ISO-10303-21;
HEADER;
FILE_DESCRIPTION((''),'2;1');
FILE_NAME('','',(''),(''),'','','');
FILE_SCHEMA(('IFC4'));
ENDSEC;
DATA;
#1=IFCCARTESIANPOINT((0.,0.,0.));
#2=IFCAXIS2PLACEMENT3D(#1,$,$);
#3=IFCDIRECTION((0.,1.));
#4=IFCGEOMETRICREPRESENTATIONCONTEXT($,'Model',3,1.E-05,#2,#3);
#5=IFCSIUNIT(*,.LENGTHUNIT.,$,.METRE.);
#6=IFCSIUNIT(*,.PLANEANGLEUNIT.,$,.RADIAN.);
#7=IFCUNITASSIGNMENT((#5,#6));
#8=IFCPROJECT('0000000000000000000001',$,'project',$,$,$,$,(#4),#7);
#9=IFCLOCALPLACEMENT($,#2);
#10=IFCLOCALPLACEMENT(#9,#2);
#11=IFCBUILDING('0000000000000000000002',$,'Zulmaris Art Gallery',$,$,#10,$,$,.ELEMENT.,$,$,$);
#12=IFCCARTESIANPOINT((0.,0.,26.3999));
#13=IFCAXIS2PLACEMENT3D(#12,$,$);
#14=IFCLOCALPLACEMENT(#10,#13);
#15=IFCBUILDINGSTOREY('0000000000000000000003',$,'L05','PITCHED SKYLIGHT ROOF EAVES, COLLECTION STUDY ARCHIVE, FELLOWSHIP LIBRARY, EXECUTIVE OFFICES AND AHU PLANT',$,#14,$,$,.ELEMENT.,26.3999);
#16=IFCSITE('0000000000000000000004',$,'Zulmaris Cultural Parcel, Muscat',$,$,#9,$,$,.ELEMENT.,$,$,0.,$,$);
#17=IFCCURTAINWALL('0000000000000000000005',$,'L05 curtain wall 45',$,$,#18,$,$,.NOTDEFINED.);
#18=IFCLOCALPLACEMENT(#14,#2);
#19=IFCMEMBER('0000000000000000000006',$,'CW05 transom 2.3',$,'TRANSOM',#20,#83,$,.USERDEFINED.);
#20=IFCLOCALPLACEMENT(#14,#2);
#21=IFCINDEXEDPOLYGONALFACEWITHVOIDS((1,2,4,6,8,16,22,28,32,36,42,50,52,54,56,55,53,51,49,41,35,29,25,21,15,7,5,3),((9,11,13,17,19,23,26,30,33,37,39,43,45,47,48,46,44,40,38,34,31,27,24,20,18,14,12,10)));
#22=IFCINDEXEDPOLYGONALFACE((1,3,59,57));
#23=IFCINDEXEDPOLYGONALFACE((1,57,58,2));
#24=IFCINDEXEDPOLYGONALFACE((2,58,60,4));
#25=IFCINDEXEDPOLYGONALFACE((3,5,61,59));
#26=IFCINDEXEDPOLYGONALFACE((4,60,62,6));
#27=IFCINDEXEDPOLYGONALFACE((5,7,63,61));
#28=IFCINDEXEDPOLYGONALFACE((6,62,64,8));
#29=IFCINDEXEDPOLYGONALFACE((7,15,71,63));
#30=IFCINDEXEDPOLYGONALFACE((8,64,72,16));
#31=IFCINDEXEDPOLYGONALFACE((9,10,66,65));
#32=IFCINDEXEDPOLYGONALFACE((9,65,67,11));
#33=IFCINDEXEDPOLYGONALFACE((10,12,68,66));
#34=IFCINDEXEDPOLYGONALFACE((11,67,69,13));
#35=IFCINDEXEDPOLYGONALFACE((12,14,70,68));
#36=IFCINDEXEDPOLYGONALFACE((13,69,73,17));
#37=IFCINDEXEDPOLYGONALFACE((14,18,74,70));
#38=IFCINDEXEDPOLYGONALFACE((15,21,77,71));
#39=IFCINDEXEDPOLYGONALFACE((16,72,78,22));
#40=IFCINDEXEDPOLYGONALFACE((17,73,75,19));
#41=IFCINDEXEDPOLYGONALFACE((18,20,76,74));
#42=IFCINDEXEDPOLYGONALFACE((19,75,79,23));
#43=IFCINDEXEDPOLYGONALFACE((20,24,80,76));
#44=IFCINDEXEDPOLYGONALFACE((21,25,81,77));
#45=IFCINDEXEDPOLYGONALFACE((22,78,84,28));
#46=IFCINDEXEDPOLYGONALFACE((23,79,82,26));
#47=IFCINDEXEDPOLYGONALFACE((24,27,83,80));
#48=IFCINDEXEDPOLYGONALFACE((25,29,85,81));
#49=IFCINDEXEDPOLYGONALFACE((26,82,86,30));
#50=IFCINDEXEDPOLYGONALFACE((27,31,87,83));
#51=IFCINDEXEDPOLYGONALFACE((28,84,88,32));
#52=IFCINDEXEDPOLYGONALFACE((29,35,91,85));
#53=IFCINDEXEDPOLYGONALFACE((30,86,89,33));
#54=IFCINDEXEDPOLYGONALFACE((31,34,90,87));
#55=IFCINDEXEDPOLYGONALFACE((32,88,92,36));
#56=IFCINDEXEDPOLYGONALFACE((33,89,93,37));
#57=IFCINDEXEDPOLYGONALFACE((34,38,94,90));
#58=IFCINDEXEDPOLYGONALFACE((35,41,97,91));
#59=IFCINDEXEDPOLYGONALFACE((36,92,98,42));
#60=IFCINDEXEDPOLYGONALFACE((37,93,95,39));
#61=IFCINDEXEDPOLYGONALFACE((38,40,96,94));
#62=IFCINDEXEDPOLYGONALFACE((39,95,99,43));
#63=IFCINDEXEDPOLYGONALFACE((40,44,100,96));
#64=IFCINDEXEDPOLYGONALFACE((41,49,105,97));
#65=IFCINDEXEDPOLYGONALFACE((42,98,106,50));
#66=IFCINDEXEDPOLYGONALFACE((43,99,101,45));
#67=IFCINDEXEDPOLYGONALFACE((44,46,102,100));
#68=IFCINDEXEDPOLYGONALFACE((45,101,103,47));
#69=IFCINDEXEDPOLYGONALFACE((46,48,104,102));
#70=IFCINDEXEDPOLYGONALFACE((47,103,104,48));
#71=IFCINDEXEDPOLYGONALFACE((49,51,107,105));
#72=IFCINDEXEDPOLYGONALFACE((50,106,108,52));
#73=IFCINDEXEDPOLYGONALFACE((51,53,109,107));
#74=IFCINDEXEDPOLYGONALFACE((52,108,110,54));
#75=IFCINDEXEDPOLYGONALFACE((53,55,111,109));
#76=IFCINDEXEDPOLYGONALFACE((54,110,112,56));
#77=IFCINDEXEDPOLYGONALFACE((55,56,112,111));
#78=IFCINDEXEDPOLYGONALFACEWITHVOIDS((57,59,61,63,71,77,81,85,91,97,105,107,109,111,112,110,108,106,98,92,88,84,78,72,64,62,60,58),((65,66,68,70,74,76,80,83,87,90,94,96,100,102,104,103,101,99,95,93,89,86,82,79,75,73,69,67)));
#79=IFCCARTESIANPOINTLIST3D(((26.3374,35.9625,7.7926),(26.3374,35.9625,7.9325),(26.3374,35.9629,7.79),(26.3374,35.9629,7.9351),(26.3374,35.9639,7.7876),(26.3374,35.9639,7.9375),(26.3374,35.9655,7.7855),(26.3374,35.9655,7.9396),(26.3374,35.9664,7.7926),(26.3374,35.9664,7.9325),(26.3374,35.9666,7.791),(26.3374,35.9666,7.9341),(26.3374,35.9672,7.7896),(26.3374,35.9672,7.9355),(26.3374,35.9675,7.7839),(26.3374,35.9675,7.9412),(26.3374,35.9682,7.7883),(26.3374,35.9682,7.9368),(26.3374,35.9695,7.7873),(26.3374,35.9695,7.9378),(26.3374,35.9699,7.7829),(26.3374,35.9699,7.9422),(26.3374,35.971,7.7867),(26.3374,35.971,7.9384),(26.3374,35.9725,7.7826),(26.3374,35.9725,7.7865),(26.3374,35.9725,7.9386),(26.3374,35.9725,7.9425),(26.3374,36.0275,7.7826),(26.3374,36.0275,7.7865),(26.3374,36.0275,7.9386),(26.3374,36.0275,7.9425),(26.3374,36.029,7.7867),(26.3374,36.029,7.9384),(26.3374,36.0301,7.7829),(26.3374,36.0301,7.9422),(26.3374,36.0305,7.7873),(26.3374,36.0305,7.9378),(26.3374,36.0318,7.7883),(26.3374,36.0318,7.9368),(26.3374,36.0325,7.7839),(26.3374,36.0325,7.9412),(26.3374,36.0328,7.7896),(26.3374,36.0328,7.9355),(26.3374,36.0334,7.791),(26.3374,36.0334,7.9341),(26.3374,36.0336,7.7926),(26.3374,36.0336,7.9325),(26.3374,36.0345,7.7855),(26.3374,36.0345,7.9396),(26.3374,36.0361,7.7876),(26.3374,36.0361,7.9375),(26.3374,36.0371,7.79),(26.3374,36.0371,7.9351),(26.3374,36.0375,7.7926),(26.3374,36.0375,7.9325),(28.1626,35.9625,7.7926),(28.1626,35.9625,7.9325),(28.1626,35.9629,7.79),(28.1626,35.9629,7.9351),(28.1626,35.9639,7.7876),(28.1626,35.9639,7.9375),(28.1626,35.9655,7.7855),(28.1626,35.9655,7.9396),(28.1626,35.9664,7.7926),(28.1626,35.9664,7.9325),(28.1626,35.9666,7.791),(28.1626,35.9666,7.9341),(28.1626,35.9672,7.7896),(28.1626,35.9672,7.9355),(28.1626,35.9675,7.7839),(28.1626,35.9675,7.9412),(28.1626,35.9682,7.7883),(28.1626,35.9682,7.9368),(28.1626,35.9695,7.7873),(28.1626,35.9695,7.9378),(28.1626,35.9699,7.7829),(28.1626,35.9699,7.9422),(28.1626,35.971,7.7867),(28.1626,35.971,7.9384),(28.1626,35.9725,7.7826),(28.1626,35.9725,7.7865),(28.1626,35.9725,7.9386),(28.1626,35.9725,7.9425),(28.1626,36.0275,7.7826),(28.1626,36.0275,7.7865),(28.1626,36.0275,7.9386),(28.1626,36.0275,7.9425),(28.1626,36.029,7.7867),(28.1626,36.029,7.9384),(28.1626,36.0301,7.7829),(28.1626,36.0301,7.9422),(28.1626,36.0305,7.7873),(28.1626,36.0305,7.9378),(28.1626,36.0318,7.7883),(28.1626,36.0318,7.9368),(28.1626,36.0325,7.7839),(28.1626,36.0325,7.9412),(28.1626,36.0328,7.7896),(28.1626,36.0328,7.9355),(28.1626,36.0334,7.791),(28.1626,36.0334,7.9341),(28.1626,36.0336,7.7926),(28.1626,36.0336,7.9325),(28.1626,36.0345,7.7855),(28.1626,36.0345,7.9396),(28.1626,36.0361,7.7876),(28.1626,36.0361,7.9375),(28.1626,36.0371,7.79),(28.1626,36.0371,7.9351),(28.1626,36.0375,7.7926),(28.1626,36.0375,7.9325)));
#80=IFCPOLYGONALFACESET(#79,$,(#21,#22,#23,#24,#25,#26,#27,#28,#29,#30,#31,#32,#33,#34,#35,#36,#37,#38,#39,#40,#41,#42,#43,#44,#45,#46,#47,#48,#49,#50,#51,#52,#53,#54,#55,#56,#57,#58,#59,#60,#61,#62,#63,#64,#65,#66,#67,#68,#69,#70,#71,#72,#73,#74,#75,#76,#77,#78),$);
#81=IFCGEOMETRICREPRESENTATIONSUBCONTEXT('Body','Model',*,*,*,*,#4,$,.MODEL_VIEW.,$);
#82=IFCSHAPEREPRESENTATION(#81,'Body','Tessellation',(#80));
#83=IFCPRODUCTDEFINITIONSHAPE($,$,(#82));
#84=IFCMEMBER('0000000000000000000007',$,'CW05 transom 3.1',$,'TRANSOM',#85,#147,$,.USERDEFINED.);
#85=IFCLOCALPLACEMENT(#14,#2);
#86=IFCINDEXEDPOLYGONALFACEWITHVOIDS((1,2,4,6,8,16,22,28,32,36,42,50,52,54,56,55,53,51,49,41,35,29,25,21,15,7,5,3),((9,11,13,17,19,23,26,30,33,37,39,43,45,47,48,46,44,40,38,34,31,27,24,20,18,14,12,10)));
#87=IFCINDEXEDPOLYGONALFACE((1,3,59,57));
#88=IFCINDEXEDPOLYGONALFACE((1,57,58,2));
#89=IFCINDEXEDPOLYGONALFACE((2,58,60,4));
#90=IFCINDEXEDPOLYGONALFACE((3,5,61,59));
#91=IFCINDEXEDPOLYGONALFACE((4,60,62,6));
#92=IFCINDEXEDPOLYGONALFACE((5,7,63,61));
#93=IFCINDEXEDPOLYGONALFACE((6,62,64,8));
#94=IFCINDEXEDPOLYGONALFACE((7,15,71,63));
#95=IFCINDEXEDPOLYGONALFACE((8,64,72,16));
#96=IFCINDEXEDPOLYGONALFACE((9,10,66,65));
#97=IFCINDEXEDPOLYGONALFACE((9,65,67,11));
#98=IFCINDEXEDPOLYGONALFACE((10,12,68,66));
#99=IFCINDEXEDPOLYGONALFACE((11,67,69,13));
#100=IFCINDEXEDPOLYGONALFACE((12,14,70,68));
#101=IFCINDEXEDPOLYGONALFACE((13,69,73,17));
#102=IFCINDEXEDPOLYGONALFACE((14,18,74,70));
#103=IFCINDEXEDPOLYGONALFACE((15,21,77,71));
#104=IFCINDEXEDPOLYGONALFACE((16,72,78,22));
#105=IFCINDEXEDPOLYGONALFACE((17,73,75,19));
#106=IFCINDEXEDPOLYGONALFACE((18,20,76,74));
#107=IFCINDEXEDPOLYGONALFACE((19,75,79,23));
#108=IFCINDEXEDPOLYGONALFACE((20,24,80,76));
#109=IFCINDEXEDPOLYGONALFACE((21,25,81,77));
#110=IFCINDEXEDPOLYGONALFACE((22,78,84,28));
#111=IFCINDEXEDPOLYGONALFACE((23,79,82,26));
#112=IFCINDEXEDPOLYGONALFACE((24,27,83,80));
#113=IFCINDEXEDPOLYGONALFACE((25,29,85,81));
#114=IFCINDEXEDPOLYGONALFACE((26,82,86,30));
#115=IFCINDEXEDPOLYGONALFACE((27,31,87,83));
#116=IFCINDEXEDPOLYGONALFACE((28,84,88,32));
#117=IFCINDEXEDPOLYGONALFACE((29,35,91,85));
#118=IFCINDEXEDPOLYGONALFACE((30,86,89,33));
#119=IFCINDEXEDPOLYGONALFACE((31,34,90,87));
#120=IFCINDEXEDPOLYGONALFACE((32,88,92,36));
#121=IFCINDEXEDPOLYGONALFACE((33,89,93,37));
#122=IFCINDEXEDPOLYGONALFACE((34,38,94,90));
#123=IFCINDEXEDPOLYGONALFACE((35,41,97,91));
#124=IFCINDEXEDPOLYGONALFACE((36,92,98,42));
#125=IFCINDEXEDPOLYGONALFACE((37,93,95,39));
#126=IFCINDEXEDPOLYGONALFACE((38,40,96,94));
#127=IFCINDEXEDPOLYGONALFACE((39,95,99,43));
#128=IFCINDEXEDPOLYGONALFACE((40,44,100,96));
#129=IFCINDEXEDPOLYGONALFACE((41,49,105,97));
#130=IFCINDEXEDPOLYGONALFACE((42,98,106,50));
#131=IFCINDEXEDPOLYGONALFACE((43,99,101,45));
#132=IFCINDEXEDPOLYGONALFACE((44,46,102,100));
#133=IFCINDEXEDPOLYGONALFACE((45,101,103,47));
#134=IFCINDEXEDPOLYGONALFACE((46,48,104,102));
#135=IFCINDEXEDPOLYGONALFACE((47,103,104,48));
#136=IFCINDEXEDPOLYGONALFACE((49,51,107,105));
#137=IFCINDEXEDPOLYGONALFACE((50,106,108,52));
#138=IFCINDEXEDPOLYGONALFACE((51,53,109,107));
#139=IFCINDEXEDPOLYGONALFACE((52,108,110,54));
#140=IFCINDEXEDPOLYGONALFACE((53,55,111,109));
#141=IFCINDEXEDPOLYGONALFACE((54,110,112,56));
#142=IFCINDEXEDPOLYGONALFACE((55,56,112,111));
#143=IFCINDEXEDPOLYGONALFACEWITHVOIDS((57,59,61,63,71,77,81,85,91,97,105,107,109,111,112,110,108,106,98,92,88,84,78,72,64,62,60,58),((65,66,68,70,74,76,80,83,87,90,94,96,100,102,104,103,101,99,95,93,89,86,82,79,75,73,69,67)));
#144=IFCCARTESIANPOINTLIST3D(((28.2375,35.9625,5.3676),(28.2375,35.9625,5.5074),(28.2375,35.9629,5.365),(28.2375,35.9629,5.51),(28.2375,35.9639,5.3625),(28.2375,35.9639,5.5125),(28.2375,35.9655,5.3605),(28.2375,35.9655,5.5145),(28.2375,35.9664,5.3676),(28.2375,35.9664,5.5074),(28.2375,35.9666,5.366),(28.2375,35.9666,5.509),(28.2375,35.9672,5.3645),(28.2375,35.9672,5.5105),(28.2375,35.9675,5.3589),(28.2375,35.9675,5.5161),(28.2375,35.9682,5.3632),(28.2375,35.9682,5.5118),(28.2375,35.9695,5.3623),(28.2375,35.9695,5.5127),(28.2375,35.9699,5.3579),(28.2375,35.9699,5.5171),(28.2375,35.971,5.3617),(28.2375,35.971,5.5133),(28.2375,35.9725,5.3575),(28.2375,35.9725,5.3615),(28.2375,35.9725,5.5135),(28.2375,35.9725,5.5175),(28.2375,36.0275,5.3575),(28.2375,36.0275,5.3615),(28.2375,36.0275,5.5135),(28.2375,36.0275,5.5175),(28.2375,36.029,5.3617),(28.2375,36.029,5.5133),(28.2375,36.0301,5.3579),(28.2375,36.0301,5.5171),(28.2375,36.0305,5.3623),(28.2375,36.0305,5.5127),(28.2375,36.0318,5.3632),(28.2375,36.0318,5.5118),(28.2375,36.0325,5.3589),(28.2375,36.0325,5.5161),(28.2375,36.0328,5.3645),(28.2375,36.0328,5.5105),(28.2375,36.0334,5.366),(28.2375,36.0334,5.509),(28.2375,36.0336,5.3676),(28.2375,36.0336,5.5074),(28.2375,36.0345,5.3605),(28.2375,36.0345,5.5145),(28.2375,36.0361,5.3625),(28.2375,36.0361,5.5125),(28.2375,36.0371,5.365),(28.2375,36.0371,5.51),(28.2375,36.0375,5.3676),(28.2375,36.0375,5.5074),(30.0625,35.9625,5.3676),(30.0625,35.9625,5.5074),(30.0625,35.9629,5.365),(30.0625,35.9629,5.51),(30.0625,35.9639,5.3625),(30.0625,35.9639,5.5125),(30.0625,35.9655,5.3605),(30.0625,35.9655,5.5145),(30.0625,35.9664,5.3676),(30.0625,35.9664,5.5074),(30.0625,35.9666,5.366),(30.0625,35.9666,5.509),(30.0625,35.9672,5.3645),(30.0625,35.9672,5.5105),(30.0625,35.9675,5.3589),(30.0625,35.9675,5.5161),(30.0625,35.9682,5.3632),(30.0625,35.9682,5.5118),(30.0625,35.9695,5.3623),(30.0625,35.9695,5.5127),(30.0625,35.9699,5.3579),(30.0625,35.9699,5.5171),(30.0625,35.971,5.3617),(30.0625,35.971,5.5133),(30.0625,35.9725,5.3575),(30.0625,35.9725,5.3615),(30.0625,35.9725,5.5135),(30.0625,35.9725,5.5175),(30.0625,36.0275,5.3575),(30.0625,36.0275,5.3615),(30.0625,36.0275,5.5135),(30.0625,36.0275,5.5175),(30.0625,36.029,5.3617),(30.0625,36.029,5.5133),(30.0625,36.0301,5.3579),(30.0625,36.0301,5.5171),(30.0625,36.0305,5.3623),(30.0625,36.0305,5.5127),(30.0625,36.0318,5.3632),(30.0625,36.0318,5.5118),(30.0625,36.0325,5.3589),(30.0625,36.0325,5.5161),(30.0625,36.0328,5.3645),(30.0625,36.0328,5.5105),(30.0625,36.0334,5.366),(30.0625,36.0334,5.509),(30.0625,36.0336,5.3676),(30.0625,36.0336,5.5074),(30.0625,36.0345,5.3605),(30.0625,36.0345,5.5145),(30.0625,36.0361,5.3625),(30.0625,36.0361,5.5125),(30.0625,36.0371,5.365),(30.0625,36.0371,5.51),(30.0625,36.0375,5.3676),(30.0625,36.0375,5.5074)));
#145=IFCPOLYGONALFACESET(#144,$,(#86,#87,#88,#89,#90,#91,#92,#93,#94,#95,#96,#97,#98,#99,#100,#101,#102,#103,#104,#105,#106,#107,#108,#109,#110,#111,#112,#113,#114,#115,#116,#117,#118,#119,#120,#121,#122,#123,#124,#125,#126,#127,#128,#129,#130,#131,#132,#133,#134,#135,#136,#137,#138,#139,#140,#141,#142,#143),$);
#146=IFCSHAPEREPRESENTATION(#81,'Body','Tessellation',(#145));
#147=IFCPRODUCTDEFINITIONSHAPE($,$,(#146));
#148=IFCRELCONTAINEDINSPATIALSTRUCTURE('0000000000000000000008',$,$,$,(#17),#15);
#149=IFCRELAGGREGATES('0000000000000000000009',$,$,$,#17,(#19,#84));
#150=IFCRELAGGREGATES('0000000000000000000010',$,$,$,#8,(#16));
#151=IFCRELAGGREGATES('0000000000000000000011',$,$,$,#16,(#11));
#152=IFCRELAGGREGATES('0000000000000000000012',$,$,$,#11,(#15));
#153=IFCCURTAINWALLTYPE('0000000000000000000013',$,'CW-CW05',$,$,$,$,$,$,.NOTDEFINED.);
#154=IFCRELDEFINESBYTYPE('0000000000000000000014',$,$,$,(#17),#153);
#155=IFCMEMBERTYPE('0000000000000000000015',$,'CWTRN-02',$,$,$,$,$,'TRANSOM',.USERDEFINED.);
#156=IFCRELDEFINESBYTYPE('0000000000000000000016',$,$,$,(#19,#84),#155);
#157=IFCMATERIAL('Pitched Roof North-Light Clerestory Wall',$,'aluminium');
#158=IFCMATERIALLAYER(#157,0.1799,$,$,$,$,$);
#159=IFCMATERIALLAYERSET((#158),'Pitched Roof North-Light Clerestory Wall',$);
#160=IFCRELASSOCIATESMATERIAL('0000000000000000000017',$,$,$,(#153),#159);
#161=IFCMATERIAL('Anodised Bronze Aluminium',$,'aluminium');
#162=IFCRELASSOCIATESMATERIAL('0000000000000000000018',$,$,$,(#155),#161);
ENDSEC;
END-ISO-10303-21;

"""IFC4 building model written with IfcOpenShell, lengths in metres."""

from ifc_helpers import new_model, si_unit, direction, frame, origin, origin_2d, place, context, subcontext, project, spatial, hollow_rectangle, extrude, material, layer, layer_set, material_profile, profile_set, type_object, element, aggregate, save


model = new_model("IFC4")

# Units and contexts
model_context = context("Model", 3, precision=1e-05, world=origin(), true_north=direction((0.0, 1.0)))
body_context = subcontext(model_context, "Body", "Model", "MODEL_VIEW")
ifc_project = project(units=[si_unit("LENGTHUNIT", "METRE"), si_unit("PLANEANGLEUNIT", "RADIAN")], contexts=[model_context])

# Site, building, storey
site_placement = place(None, origin())
site = spatial("IfcSite", under=ifc_project, at=site_placement, Name="Zulmaris Cultural Parcel, Muscat", CompositionType="ELEMENT", RefElevation=0.0)
building_placement = place(site_placement, origin())
building = spatial("IfcBuilding", under=site, at=building_placement, Name="Zulmaris Art Gallery", CompositionType="ELEMENT")
storey_placement = place(building_placement, frame((0.0, 0.0, 26.3999)))
storey = spatial("IfcBuildingStorey", under=building, at=storey_placement, Name="L05", Description="PITCHED SKYLIGHT ROOF EAVES, COLLECTION STUDY ARCHIVE, FELLOWSHIP LIBRARY, EXECUTIVE OFFICES AND AHU PLANT", CompositionType="ELEMENT", Elevation=26.3999)

# Curtain wall, members
ifc_material_1 = material(Name="Pitched Roof North-Light Clerestory Wall", Category="aluminium")
ifc_layer_1 = layer(ifc_material_1, 0.1799)
ifc_layer_set_1 = layer_set([ifc_layer_1], Name="Pitched Roof North-Light Clerestory Wall")
curtain_wall_type = type_object("IfcCurtainWallType", Name="CW-CW05", PredefinedType="NOTDEFINED", material=ifc_layer_set_1)
curtain_wall_placement = place(storey_placement, origin())
curtain_wall = element("IfcCurtainWall", 1, at=curtain_wall_placement, inside=storey, type_object=curtain_wall_type, Name="L05 curtain wall 45", PredefinedType="NOTDEFINED")
ifc_material_2 = material(Name="Anodised Bronze Aluminium", Category="aluminium")
ifc_material_profile_1 = material_profile(ifc_material_2, hollow_rectangle(XDim=0.075, YDim=0.1599, WallThickness=0.0039, InnerFilletRadius=0.0061, OuterFilletRadius=0.01, at=origin_2d()), Name="ALU 75x160x4")
ifc_profile_set_1 = profile_set([ifc_material_profile_1], Name="Anodised Bronze Aluminium")
member_type_1 = type_object("IfcMemberType", Name="CWTRN-02", ElementType="TRANSOM", PredefinedType="USERDEFINED", material=ifc_profile_set_1)
member_1_placement = place(storey_placement, frame((26.3374, 36.0, 7.8625), z_axis=(1.0, 0.0, 0.0), x_axis=(0.0, 1.0, 0.0)))
member_1 = element("IfcMember", 2, at=member_1_placement, type_object=member_type_1, Name="CW05 transom 2.3", ObjectType="TRANSOM", PredefinedType="USERDEFINED", context=body_context, shape_type="SweptSolid", body=[
    extrude(hollow_rectangle(XDim=0.075, YDim=0.1599, WallThickness=0.0039, InnerFilletRadius=0.0061, OuterFilletRadius=0.01, at=origin_2d()), origin(), (0.0, 0.0, 1.0), 1.8252),
])
member_2_placement = place(storey_placement, frame((28.2375, 36.0, 5.4375), z_axis=(1.0, 0.0, 0.0), x_axis=(0.0, 1.0, 0.0)))
member_2 = element("IfcMember", 3, at=member_2_placement, type_object=member_type_1, Name="CW05 transom 3.1", ObjectType="TRANSOM", PredefinedType="USERDEFINED", context=body_context, shape_type="SweptSolid", body=[
    extrude(hollow_rectangle(XDim=0.075, YDim=0.1599, WallThickness=0.0039, InnerFilletRadius=0.0061, OuterFilletRadius=0.01, at=origin_2d()), origin(), (0.0, 0.0, 1.0), 1.825),
])

aggregate(curtain_wall, [member_1, member_2])

save(model, "model.ifc")
